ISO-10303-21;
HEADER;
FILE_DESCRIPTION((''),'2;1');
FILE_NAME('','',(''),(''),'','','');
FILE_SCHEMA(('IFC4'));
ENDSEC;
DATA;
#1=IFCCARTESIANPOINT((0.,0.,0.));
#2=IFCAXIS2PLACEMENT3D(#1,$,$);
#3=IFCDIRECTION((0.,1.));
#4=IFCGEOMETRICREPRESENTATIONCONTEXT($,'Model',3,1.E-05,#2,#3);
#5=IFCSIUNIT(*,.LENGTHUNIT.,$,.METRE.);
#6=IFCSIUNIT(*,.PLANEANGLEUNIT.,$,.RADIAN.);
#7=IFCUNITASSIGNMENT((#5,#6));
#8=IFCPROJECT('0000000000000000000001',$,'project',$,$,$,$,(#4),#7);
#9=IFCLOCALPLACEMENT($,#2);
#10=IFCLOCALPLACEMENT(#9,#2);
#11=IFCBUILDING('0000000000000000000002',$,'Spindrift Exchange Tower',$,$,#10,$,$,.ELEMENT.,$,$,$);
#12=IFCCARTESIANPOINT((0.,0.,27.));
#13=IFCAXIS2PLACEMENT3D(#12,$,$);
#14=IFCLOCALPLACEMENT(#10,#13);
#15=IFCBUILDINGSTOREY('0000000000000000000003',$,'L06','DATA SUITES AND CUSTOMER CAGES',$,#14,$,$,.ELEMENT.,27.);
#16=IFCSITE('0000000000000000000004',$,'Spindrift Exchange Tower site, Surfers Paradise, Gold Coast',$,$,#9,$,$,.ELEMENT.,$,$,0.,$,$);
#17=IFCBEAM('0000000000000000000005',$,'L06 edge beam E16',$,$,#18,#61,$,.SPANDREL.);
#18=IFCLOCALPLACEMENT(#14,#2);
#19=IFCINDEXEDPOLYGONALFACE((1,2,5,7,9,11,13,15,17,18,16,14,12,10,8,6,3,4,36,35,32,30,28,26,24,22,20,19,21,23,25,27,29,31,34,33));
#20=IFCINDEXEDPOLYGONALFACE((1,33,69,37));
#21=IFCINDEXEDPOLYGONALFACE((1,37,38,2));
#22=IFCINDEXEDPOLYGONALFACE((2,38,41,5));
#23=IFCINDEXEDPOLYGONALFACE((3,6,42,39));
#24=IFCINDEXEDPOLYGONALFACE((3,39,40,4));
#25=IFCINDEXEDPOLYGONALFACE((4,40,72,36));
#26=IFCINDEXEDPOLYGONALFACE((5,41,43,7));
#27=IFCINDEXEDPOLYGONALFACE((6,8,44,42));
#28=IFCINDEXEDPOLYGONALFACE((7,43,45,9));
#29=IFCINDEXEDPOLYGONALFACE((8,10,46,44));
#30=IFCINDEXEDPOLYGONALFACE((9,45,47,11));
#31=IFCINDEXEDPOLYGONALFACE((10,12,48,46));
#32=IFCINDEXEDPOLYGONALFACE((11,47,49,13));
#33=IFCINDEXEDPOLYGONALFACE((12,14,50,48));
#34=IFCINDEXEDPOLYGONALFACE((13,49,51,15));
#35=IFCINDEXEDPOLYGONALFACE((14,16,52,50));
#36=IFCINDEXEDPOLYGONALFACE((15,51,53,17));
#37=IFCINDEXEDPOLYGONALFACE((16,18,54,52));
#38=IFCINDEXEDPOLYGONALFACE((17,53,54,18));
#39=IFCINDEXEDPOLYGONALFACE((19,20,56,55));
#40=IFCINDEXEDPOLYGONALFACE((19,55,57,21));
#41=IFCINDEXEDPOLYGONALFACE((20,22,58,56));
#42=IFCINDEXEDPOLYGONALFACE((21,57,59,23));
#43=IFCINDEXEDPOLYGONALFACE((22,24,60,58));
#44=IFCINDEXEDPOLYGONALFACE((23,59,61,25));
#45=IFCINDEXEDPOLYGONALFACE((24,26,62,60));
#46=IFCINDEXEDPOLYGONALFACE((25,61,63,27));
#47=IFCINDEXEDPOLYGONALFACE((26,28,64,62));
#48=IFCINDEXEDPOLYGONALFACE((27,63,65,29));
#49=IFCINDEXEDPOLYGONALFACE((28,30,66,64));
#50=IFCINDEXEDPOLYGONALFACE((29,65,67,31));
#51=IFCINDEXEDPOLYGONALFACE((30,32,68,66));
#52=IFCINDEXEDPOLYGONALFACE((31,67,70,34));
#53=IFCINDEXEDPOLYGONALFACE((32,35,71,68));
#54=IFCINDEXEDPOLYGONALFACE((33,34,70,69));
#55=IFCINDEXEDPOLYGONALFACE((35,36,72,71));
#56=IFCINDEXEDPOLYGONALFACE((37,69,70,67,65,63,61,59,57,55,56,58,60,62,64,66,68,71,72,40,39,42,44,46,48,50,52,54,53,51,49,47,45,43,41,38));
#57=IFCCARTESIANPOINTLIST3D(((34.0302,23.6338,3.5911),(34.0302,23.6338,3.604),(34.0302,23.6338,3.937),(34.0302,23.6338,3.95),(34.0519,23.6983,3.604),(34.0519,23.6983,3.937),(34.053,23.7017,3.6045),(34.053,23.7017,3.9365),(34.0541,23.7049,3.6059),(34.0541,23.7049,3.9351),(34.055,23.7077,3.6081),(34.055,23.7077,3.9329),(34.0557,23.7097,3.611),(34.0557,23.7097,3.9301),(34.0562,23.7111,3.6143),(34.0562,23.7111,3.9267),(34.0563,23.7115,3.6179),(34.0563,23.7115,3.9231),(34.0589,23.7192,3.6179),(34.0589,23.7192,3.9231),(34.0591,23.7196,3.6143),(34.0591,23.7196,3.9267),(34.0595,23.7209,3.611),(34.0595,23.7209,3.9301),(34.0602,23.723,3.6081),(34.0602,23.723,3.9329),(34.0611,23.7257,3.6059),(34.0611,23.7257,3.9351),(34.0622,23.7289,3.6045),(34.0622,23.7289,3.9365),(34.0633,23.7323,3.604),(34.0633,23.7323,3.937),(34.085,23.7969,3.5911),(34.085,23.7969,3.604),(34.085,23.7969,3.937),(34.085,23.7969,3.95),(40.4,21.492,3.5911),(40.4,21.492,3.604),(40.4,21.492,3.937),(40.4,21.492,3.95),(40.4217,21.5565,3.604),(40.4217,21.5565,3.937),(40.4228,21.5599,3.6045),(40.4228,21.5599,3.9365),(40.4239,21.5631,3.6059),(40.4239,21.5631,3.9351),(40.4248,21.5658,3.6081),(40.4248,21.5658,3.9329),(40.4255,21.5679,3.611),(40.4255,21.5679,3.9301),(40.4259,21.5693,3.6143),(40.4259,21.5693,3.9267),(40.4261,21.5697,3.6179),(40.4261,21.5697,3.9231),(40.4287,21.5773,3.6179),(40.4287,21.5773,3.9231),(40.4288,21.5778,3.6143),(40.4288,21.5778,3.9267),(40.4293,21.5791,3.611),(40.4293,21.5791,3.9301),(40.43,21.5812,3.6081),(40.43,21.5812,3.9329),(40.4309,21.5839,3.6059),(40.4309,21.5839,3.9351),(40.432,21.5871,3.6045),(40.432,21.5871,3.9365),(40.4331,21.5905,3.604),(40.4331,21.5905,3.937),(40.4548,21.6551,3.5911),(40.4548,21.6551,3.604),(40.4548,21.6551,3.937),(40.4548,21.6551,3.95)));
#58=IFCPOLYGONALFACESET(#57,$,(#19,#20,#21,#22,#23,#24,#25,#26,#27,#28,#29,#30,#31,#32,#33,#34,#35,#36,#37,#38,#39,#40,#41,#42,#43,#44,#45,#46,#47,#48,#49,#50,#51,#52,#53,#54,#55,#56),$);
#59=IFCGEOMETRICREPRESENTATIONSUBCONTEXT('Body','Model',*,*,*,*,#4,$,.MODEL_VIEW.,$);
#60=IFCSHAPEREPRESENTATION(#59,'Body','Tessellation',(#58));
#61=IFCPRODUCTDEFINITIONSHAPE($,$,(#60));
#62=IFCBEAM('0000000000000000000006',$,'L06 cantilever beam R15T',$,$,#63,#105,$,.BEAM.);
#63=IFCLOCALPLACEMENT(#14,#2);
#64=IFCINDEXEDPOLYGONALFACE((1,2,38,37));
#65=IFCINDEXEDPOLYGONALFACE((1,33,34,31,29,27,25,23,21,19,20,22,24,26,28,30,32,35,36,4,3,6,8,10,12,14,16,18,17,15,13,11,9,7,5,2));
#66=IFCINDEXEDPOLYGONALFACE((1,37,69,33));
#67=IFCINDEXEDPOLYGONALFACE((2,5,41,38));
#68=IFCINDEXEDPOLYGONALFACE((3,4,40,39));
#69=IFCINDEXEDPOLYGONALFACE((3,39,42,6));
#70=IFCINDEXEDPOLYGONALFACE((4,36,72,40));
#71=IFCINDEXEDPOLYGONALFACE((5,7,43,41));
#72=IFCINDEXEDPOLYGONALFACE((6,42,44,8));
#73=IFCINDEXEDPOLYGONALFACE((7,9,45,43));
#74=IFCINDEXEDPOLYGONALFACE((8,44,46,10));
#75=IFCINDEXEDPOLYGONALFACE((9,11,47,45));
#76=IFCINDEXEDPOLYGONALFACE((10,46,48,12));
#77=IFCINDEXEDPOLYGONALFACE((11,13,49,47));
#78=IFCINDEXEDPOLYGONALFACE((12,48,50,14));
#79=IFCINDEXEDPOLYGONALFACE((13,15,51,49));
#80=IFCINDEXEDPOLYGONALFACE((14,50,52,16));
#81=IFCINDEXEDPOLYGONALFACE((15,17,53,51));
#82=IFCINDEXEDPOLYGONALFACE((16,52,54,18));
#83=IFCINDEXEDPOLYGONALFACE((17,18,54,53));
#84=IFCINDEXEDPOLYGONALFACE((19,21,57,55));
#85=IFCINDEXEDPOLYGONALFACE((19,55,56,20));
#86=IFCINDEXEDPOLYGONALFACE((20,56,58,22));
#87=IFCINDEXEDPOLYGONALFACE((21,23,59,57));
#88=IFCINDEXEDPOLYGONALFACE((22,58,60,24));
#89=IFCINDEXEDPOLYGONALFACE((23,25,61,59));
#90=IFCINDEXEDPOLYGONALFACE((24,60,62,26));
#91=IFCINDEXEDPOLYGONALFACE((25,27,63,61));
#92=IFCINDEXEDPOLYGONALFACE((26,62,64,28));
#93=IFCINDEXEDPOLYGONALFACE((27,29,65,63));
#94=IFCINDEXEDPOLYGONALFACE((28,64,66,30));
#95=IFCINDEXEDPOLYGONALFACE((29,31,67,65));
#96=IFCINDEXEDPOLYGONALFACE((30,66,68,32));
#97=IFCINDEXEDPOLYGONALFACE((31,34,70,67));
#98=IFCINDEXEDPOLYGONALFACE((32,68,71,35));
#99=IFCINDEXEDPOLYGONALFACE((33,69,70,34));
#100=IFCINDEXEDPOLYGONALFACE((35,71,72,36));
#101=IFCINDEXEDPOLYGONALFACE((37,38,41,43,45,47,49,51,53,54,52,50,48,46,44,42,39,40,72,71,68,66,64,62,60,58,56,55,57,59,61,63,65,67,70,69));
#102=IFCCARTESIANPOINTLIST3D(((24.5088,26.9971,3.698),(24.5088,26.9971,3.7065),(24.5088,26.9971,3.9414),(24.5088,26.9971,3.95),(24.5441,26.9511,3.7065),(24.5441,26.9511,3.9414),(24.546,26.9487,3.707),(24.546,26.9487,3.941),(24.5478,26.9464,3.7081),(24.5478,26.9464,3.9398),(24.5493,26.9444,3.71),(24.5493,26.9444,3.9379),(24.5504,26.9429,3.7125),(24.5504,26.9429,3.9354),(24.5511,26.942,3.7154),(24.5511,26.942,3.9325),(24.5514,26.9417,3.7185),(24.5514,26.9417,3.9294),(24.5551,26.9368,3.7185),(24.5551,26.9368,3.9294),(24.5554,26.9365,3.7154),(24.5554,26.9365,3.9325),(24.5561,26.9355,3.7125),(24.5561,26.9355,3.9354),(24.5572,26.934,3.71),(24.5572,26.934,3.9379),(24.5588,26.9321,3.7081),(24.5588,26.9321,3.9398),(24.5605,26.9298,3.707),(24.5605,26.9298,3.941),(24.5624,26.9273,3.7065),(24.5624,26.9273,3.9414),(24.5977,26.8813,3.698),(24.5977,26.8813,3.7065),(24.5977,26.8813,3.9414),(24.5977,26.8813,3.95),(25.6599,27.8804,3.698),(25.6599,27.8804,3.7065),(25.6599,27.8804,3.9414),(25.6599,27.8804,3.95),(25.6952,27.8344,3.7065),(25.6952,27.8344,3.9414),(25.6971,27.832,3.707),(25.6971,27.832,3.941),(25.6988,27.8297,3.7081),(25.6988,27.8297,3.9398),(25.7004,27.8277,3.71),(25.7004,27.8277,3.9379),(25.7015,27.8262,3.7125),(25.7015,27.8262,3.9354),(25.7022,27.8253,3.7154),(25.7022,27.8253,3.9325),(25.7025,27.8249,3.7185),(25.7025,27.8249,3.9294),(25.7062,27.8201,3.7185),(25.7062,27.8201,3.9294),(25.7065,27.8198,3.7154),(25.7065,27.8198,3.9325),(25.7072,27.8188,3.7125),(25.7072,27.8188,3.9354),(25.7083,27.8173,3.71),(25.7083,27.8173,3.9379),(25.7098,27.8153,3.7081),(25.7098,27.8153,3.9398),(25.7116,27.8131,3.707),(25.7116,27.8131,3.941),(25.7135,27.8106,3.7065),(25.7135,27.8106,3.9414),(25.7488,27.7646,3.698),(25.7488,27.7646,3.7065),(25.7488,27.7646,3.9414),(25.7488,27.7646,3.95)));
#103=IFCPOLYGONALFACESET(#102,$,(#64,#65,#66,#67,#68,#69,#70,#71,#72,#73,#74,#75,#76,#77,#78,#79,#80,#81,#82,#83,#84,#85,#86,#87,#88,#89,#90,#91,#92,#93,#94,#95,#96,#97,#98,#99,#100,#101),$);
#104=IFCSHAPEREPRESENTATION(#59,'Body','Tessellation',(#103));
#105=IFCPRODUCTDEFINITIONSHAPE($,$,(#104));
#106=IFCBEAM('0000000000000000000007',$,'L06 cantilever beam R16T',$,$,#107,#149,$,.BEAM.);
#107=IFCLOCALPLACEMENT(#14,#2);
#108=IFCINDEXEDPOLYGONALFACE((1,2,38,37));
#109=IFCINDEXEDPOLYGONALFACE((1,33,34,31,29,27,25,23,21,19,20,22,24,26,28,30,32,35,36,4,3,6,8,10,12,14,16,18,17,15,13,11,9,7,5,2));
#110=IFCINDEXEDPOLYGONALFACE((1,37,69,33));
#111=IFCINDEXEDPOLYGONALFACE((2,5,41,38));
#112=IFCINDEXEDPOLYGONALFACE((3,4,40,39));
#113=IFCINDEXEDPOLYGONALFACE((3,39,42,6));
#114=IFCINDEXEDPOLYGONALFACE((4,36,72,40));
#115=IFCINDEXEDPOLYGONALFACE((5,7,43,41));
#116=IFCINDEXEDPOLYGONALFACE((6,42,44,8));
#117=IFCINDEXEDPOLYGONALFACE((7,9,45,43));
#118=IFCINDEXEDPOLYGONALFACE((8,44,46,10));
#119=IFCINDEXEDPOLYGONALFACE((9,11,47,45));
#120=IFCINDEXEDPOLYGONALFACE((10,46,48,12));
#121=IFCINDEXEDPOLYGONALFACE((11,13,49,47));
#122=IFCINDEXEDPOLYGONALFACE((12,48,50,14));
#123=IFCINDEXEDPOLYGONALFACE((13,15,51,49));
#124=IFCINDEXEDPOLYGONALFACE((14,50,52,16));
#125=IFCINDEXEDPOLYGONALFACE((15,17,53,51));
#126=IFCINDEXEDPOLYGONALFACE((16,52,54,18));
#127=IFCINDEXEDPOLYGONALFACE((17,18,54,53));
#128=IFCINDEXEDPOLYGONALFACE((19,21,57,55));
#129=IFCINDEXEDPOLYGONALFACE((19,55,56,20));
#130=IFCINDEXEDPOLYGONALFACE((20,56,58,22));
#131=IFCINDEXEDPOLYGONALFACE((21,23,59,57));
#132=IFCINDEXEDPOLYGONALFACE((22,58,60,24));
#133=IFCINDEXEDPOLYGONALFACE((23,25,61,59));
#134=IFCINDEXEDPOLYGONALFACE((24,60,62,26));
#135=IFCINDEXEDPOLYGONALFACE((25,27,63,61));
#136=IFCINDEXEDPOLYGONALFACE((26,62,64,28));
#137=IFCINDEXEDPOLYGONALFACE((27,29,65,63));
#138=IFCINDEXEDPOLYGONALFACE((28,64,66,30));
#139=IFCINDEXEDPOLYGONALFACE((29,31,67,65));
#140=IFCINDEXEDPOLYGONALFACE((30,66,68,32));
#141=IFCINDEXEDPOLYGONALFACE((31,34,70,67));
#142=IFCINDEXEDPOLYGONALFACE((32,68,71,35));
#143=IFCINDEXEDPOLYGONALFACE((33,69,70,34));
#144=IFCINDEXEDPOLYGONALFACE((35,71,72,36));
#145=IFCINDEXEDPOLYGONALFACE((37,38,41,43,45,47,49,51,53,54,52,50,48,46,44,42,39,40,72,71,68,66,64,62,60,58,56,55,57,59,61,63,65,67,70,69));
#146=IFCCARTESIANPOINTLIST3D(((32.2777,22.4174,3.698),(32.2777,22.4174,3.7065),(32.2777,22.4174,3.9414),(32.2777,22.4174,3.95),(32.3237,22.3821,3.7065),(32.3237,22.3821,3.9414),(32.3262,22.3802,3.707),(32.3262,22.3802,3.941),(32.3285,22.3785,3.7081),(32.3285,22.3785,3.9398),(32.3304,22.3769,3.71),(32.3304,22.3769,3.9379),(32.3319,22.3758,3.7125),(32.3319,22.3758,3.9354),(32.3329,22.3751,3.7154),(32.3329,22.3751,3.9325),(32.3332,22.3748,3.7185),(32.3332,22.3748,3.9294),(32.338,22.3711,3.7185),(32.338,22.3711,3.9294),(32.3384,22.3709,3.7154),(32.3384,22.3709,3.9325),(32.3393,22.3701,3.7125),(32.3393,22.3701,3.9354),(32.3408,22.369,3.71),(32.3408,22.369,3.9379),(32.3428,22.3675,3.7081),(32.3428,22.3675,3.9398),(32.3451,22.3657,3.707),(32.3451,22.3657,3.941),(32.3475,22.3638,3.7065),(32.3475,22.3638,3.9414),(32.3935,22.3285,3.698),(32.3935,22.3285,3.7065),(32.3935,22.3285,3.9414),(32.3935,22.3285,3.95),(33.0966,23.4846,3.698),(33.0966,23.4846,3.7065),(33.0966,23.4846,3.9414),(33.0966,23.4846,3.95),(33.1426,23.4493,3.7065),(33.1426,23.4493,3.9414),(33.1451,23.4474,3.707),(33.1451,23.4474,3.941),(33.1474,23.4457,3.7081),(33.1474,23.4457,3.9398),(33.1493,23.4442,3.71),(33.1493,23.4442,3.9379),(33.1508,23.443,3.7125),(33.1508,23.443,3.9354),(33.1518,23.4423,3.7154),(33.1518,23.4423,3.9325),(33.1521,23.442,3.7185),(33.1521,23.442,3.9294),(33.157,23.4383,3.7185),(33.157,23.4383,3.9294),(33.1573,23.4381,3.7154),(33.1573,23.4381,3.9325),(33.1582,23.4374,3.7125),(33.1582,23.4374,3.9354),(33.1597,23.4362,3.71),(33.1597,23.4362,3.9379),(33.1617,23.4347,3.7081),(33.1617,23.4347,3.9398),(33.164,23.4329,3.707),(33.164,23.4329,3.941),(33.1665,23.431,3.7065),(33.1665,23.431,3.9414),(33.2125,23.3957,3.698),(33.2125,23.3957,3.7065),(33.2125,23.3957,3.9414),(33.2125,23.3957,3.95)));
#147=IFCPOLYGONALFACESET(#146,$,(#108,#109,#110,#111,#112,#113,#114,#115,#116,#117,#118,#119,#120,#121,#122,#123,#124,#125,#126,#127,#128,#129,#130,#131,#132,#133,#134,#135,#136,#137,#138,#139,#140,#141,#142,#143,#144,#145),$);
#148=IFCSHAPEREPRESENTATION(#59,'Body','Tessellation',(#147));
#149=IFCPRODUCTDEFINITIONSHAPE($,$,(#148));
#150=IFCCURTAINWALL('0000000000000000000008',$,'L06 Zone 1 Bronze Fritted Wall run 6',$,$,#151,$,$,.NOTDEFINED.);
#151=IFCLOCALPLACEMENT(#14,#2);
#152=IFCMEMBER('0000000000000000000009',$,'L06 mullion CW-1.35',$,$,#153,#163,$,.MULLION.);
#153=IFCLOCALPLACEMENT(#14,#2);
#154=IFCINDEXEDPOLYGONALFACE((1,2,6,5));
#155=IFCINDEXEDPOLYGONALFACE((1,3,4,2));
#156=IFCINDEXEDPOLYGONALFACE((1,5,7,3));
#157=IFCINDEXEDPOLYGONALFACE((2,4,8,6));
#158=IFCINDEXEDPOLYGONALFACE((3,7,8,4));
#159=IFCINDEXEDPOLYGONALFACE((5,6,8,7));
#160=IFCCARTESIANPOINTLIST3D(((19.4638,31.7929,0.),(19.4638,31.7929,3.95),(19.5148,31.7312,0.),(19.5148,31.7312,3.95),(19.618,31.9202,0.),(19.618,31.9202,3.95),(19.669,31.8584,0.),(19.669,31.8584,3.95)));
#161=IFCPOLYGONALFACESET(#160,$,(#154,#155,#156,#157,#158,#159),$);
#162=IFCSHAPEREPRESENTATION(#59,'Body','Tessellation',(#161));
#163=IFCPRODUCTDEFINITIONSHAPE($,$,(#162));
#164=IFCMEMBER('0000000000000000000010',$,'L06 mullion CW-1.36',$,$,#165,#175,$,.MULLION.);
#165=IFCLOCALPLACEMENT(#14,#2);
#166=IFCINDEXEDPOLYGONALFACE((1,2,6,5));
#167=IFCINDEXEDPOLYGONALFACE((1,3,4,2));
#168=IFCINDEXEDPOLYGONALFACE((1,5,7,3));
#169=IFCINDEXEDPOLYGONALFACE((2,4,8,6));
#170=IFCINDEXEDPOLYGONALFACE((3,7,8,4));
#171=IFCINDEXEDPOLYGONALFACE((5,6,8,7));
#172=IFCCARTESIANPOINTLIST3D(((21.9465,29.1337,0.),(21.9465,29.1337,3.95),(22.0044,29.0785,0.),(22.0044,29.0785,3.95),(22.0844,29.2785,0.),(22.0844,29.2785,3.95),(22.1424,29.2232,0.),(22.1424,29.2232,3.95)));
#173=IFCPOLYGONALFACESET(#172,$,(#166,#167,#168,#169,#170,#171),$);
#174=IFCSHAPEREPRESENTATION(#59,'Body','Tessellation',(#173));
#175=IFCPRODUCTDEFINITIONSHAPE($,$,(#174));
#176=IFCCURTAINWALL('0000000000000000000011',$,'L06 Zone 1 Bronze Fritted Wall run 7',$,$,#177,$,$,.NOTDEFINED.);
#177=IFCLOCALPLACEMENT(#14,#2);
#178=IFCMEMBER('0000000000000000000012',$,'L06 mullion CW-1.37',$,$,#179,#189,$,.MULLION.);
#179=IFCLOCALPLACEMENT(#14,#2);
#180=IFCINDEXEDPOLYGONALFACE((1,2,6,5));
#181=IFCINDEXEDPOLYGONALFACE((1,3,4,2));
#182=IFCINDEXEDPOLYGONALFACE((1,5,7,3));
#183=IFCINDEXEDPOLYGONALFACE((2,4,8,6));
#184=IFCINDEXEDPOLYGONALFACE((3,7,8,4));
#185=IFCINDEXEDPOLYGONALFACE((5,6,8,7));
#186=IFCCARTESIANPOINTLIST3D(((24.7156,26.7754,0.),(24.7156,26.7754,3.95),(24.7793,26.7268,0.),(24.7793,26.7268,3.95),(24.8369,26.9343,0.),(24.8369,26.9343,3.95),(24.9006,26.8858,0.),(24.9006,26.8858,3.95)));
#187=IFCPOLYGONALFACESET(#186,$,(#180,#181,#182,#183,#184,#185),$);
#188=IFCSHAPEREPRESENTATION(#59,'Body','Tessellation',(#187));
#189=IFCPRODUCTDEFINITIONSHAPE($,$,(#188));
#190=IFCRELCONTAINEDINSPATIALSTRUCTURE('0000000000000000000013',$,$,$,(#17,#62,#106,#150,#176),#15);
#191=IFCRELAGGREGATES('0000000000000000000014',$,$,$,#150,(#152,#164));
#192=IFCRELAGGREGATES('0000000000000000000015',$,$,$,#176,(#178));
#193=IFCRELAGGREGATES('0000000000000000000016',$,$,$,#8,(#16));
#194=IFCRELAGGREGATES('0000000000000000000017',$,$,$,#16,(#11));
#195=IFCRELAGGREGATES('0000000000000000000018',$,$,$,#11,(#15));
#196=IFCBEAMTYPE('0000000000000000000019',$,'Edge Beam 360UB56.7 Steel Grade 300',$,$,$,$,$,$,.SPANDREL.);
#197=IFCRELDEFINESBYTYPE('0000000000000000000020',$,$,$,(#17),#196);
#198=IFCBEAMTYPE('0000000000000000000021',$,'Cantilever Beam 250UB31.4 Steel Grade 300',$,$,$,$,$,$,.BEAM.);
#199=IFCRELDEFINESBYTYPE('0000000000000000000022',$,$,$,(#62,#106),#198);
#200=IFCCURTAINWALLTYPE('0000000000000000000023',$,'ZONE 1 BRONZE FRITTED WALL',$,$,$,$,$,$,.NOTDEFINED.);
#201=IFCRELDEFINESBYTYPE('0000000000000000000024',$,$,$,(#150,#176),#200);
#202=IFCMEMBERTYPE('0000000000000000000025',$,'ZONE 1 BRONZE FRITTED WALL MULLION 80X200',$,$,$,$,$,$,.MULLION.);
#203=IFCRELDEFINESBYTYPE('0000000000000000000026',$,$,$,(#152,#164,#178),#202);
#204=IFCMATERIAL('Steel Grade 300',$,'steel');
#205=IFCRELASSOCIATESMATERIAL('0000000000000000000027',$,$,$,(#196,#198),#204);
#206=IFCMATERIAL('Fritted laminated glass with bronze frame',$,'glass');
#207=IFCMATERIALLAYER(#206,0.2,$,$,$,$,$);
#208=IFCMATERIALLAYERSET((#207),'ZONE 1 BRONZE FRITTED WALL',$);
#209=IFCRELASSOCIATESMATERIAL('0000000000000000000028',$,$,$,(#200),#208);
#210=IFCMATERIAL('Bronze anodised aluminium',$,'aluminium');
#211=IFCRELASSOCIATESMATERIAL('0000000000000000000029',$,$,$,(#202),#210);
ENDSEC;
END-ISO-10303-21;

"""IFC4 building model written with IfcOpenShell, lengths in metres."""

from ifc_helpers import new_model, si_unit, direction, frame, origin, origin_2d, place, context, subcontext, project, spatial, rectangle, i_section, extrude, source, transform, mapped, material, layer, layer_set, material_profile, profile_set, type_object, element, aggregate, save


model = new_model("IFC4")

# Units and contexts
model_context = context("Model", 3, precision=1e-05, world=origin(), true_north=direction((0.0, 1.0)))
body_context = subcontext(model_context, "Body", "Model", "MODEL_VIEW")
ifc_project = project(units=[si_unit("LENGTHUNIT", "METRE"), si_unit("PLANEANGLEUNIT", "RADIAN")], contexts=[model_context])

# Site, building, storey
site_placement = place(None, origin())
site = spatial("IfcSite", under=ifc_project, at=site_placement, Name="Spindrift Exchange Tower site, Surfers Paradise, Gold Coast", CompositionType="ELEMENT", RefElevation=0.0)
building_placement = place(site_placement, origin())
building = spatial("IfcBuilding", under=site, at=building_placement, Name="Spindrift Exchange Tower", CompositionType="ELEMENT")
storey_placement = place(building_placement, frame((0.0, 0.0, 27.0)))
storey = spatial("IfcBuildingStorey", under=building, at=storey_placement, Name="L06", Description="DATA SUITES AND CUSTOMER CAGES", CompositionType="ELEMENT", Elevation=27.0)

# Beams
ifc_material_1 = material(Name="Steel Grade 300", Category="steel")
ifc_material_profile_1 = material_profile(ifc_material_1, i_section(OverallWidth=0.1721, OverallDepth=0.3589, WebThickness=0.0081, FlangeThickness=0.0129, FilletRadius=0.0139, at=origin_2d()), Name="360UB56.7")
ifc_profile_set_1 = profile_set([ifc_material_profile_1], Name="Steel Grade 300")
beam_type_1 = type_object("IfcBeamType", Name="Edge Beam 360UB56.7 Steel Grade 300", PredefinedType="SPANDREL", material=ifc_profile_set_1)
shared_shape_1 = source(origin(), body_context, "Body", "SweptSolid", [
    extrude(i_section(OverallWidth=0.1721, OverallDepth=0.3589, WebThickness=0.0081, FlangeThickness=0.0129, FilletRadius=0.0139, at=origin_2d()), origin(), (0.0, 0.0, 1.0), 6.7202),
])
beam_1_placement = place(storey_placement, frame((34.0576, 23.7153, 3.7705), z_axis=(0.947852, -0.318712, 0.0), x_axis=(0.318712, 0.947852, 0.0)))
element("IfcBeam", 1, at=beam_1_placement, inside=storey, type_object=beam_type_1, Name="L06 edge beam E16", PredefinedType="SPANDREL", context=body_context, shape_type="MappedRepresentation", body=[
    mapped(shared_shape_1, transform((0.0, 0.0, 0.0), scale=1.0)),
])
ifc_material_profile_2 = material_profile(ifc_material_1, i_section(OverallWidth=0.146, OverallDepth=0.252, WebThickness=0.0061, FlangeThickness=0.0085, FilletRadius=0.012, at=origin_2d()), Name="250UB31.4")
ifc_profile_set_2 = profile_set([ifc_material_profile_2], Name="Steel Grade 300")
beam_type_2 = type_object("IfcBeamType", Name="Cantilever Beam 250UB31.4 Steel Grade 300", PredefinedType="BEAM", material=ifc_profile_set_2)
shared_shape_2 = source(origin(), body_context, "Body", "SweptSolid", [
    extrude(i_section(OverallWidth=0.146, OverallDepth=0.252, WebThickness=0.0061, FlangeThickness=0.0085, FilletRadius=0.012, at=origin_2d()), origin(), (0.0, 0.0, 1.0), 1.4509),
])
beam_2_placement = place(storey_placement, frame((25.7043, 27.8225, 3.824), z_axis=(-0.793349, -0.608767, 0.0), x_axis=(0.608767, -0.793349, 0.0)))
element("IfcBeam", 2, at=beam_2_placement, inside=storey, type_object=beam_type_2, Name="L06 cantilever beam R15T", PredefinedType="BEAM", context=body_context, shape_type="MappedRepresentation", body=[
    mapped(shared_shape_2, transform((0.0, 0.0, 0.0), scale=1.0)),
])
shared_shape_3 = source(origin(), body_context, "Body", "SweptSolid", [
    extrude(i_section(OverallWidth=0.146, OverallDepth=0.252, WebThickness=0.0061, FlangeThickness=0.0085, FilletRadius=0.012, at=origin_2d()), origin(), (0.0, 0.0, 1.0), 1.3452),
])
beam_3_placement = place(storey_placement, frame((33.1545, 23.4402, 3.824), z_axis=(-0.608763, -0.793352, 0.0), x_axis=(0.793352, -0.608763, 0.0)))
element("IfcBeam", 3, at=beam_3_placement, inside=storey, type_object=beam_type_2, Name="L06 cantilever beam R16T", PredefinedType="BEAM", context=body_context, shape_type="MappedRepresentation", body=[
    mapped(shared_shape_3, transform((0.0, 0.0, 0.0), scale=1.0)),
])

# Curtain walls, members
ifc_material_2 = material(Name="Fritted laminated glass with bronze frame", Category="glass")
ifc_layer_1 = layer(ifc_material_2, 0.2)
ifc_layer_set_1 = layer_set([ifc_layer_1], Name="ZONE 1 BRONZE FRITTED WALL")
curtain_wall_type = type_object("IfcCurtainWallType", Name="ZONE 1 BRONZE FRITTED WALL", PredefinedType="NOTDEFINED", material=ifc_layer_set_1)
curtain_wall_1_placement = place(storey_placement, origin())
curtain_wall_1 = element("IfcCurtainWall", 4, at=curtain_wall_1_placement, inside=storey, type_object=curtain_wall_type, Name="L06 Zone 1 Bronze Fritted Wall run 6", PredefinedType="NOTDEFINED")
ifc_material_3 = material(Name="Bronze anodised aluminium", Category="aluminium")
ifc_material_profile_3 = material_profile(ifc_material_3, rectangle(XDim=0.0801, YDim=0.2, at=origin_2d()), Name="ZONE 1 BRONZE FRITTED WALL MULLION 80X200")
ifc_profile_set_3 = profile_set([ifc_material_profile_3], Name="Bronze anodised aluminium")
member_type_1 = type_object("IfcMemberType", Name="ZONE 1 BRONZE FRITTED WALL MULLION 80X200", PredefinedType="MULLION", material=ifc_profile_set_3)
shared_shape_4 = source(origin(), body_context, "Body", "SweptSolid", [
    extrude(rectangle(XDim=0.0801, YDim=0.2, at=origin_2d()), origin(), (0.0, 0.0, 1.0), 3.95),
])
member_1_placement = place(storey_placement, frame((19.5664, 31.8257, 0.0), z_axis=(0.0, 0.0, 1.0), x_axis=(0.636556, -0.77123, 0.0)))
member_1 = element("IfcMember", 5, at=member_1_placement, type_object=member_type_1, Name="L06 mullion CW-1.35", PredefinedType="MULLION", context=body_context, shape_type="MappedRepresentation", body=[
    mapped(shared_shape_4, transform((0.0, 0.0, 0.0), scale=1.0)),
])
member_2_placement = place(storey_placement, frame((22.0444, 29.1785, 0.0), z_axis=(0.0, 0.0, 1.0), x_axis=(0.723929, -0.689875, 0.0)))
member_2 = element("IfcMember", 6, at=member_2_placement, type_object=member_type_1, Name="L06 mullion CW-1.36", PredefinedType="MULLION", context=body_context, shape_type="MappedRepresentation", body=[
    mapped(shared_shape_4, transform((0.0, 0.0, 0.0), scale=1.0)),
])
curtain_wall_2_placement = place(storey_placement, origin())
curtain_wall_2 = element("IfcCurtainWall", 7, at=curtain_wall_2_placement, inside=storey, type_object=curtain_wall_type, Name="L06 Zone 1 Bronze Fritted Wall run 7", PredefinedType="NOTDEFINED")
member_3_placement = place(storey_placement, frame((24.8081, 26.8306, 0.0), z_axis=(0.0, 0.0, 1.0), x_axis=(0.795033, -0.606566, 0.0)))
member_3 = element("IfcMember", 8, at=member_3_placement, type_object=member_type_1, Name="L06 mullion CW-1.37", PredefinedType="MULLION", context=body_context, shape_type="MappedRepresentation", body=[
    mapped(shared_shape_4, transform((0.0, 0.0, 0.0), scale=1.0)),
])

aggregate(curtain_wall_1, [member_1, member_2])
aggregate(curtain_wall_2, [member_3])

save(model, "model.ifc")
